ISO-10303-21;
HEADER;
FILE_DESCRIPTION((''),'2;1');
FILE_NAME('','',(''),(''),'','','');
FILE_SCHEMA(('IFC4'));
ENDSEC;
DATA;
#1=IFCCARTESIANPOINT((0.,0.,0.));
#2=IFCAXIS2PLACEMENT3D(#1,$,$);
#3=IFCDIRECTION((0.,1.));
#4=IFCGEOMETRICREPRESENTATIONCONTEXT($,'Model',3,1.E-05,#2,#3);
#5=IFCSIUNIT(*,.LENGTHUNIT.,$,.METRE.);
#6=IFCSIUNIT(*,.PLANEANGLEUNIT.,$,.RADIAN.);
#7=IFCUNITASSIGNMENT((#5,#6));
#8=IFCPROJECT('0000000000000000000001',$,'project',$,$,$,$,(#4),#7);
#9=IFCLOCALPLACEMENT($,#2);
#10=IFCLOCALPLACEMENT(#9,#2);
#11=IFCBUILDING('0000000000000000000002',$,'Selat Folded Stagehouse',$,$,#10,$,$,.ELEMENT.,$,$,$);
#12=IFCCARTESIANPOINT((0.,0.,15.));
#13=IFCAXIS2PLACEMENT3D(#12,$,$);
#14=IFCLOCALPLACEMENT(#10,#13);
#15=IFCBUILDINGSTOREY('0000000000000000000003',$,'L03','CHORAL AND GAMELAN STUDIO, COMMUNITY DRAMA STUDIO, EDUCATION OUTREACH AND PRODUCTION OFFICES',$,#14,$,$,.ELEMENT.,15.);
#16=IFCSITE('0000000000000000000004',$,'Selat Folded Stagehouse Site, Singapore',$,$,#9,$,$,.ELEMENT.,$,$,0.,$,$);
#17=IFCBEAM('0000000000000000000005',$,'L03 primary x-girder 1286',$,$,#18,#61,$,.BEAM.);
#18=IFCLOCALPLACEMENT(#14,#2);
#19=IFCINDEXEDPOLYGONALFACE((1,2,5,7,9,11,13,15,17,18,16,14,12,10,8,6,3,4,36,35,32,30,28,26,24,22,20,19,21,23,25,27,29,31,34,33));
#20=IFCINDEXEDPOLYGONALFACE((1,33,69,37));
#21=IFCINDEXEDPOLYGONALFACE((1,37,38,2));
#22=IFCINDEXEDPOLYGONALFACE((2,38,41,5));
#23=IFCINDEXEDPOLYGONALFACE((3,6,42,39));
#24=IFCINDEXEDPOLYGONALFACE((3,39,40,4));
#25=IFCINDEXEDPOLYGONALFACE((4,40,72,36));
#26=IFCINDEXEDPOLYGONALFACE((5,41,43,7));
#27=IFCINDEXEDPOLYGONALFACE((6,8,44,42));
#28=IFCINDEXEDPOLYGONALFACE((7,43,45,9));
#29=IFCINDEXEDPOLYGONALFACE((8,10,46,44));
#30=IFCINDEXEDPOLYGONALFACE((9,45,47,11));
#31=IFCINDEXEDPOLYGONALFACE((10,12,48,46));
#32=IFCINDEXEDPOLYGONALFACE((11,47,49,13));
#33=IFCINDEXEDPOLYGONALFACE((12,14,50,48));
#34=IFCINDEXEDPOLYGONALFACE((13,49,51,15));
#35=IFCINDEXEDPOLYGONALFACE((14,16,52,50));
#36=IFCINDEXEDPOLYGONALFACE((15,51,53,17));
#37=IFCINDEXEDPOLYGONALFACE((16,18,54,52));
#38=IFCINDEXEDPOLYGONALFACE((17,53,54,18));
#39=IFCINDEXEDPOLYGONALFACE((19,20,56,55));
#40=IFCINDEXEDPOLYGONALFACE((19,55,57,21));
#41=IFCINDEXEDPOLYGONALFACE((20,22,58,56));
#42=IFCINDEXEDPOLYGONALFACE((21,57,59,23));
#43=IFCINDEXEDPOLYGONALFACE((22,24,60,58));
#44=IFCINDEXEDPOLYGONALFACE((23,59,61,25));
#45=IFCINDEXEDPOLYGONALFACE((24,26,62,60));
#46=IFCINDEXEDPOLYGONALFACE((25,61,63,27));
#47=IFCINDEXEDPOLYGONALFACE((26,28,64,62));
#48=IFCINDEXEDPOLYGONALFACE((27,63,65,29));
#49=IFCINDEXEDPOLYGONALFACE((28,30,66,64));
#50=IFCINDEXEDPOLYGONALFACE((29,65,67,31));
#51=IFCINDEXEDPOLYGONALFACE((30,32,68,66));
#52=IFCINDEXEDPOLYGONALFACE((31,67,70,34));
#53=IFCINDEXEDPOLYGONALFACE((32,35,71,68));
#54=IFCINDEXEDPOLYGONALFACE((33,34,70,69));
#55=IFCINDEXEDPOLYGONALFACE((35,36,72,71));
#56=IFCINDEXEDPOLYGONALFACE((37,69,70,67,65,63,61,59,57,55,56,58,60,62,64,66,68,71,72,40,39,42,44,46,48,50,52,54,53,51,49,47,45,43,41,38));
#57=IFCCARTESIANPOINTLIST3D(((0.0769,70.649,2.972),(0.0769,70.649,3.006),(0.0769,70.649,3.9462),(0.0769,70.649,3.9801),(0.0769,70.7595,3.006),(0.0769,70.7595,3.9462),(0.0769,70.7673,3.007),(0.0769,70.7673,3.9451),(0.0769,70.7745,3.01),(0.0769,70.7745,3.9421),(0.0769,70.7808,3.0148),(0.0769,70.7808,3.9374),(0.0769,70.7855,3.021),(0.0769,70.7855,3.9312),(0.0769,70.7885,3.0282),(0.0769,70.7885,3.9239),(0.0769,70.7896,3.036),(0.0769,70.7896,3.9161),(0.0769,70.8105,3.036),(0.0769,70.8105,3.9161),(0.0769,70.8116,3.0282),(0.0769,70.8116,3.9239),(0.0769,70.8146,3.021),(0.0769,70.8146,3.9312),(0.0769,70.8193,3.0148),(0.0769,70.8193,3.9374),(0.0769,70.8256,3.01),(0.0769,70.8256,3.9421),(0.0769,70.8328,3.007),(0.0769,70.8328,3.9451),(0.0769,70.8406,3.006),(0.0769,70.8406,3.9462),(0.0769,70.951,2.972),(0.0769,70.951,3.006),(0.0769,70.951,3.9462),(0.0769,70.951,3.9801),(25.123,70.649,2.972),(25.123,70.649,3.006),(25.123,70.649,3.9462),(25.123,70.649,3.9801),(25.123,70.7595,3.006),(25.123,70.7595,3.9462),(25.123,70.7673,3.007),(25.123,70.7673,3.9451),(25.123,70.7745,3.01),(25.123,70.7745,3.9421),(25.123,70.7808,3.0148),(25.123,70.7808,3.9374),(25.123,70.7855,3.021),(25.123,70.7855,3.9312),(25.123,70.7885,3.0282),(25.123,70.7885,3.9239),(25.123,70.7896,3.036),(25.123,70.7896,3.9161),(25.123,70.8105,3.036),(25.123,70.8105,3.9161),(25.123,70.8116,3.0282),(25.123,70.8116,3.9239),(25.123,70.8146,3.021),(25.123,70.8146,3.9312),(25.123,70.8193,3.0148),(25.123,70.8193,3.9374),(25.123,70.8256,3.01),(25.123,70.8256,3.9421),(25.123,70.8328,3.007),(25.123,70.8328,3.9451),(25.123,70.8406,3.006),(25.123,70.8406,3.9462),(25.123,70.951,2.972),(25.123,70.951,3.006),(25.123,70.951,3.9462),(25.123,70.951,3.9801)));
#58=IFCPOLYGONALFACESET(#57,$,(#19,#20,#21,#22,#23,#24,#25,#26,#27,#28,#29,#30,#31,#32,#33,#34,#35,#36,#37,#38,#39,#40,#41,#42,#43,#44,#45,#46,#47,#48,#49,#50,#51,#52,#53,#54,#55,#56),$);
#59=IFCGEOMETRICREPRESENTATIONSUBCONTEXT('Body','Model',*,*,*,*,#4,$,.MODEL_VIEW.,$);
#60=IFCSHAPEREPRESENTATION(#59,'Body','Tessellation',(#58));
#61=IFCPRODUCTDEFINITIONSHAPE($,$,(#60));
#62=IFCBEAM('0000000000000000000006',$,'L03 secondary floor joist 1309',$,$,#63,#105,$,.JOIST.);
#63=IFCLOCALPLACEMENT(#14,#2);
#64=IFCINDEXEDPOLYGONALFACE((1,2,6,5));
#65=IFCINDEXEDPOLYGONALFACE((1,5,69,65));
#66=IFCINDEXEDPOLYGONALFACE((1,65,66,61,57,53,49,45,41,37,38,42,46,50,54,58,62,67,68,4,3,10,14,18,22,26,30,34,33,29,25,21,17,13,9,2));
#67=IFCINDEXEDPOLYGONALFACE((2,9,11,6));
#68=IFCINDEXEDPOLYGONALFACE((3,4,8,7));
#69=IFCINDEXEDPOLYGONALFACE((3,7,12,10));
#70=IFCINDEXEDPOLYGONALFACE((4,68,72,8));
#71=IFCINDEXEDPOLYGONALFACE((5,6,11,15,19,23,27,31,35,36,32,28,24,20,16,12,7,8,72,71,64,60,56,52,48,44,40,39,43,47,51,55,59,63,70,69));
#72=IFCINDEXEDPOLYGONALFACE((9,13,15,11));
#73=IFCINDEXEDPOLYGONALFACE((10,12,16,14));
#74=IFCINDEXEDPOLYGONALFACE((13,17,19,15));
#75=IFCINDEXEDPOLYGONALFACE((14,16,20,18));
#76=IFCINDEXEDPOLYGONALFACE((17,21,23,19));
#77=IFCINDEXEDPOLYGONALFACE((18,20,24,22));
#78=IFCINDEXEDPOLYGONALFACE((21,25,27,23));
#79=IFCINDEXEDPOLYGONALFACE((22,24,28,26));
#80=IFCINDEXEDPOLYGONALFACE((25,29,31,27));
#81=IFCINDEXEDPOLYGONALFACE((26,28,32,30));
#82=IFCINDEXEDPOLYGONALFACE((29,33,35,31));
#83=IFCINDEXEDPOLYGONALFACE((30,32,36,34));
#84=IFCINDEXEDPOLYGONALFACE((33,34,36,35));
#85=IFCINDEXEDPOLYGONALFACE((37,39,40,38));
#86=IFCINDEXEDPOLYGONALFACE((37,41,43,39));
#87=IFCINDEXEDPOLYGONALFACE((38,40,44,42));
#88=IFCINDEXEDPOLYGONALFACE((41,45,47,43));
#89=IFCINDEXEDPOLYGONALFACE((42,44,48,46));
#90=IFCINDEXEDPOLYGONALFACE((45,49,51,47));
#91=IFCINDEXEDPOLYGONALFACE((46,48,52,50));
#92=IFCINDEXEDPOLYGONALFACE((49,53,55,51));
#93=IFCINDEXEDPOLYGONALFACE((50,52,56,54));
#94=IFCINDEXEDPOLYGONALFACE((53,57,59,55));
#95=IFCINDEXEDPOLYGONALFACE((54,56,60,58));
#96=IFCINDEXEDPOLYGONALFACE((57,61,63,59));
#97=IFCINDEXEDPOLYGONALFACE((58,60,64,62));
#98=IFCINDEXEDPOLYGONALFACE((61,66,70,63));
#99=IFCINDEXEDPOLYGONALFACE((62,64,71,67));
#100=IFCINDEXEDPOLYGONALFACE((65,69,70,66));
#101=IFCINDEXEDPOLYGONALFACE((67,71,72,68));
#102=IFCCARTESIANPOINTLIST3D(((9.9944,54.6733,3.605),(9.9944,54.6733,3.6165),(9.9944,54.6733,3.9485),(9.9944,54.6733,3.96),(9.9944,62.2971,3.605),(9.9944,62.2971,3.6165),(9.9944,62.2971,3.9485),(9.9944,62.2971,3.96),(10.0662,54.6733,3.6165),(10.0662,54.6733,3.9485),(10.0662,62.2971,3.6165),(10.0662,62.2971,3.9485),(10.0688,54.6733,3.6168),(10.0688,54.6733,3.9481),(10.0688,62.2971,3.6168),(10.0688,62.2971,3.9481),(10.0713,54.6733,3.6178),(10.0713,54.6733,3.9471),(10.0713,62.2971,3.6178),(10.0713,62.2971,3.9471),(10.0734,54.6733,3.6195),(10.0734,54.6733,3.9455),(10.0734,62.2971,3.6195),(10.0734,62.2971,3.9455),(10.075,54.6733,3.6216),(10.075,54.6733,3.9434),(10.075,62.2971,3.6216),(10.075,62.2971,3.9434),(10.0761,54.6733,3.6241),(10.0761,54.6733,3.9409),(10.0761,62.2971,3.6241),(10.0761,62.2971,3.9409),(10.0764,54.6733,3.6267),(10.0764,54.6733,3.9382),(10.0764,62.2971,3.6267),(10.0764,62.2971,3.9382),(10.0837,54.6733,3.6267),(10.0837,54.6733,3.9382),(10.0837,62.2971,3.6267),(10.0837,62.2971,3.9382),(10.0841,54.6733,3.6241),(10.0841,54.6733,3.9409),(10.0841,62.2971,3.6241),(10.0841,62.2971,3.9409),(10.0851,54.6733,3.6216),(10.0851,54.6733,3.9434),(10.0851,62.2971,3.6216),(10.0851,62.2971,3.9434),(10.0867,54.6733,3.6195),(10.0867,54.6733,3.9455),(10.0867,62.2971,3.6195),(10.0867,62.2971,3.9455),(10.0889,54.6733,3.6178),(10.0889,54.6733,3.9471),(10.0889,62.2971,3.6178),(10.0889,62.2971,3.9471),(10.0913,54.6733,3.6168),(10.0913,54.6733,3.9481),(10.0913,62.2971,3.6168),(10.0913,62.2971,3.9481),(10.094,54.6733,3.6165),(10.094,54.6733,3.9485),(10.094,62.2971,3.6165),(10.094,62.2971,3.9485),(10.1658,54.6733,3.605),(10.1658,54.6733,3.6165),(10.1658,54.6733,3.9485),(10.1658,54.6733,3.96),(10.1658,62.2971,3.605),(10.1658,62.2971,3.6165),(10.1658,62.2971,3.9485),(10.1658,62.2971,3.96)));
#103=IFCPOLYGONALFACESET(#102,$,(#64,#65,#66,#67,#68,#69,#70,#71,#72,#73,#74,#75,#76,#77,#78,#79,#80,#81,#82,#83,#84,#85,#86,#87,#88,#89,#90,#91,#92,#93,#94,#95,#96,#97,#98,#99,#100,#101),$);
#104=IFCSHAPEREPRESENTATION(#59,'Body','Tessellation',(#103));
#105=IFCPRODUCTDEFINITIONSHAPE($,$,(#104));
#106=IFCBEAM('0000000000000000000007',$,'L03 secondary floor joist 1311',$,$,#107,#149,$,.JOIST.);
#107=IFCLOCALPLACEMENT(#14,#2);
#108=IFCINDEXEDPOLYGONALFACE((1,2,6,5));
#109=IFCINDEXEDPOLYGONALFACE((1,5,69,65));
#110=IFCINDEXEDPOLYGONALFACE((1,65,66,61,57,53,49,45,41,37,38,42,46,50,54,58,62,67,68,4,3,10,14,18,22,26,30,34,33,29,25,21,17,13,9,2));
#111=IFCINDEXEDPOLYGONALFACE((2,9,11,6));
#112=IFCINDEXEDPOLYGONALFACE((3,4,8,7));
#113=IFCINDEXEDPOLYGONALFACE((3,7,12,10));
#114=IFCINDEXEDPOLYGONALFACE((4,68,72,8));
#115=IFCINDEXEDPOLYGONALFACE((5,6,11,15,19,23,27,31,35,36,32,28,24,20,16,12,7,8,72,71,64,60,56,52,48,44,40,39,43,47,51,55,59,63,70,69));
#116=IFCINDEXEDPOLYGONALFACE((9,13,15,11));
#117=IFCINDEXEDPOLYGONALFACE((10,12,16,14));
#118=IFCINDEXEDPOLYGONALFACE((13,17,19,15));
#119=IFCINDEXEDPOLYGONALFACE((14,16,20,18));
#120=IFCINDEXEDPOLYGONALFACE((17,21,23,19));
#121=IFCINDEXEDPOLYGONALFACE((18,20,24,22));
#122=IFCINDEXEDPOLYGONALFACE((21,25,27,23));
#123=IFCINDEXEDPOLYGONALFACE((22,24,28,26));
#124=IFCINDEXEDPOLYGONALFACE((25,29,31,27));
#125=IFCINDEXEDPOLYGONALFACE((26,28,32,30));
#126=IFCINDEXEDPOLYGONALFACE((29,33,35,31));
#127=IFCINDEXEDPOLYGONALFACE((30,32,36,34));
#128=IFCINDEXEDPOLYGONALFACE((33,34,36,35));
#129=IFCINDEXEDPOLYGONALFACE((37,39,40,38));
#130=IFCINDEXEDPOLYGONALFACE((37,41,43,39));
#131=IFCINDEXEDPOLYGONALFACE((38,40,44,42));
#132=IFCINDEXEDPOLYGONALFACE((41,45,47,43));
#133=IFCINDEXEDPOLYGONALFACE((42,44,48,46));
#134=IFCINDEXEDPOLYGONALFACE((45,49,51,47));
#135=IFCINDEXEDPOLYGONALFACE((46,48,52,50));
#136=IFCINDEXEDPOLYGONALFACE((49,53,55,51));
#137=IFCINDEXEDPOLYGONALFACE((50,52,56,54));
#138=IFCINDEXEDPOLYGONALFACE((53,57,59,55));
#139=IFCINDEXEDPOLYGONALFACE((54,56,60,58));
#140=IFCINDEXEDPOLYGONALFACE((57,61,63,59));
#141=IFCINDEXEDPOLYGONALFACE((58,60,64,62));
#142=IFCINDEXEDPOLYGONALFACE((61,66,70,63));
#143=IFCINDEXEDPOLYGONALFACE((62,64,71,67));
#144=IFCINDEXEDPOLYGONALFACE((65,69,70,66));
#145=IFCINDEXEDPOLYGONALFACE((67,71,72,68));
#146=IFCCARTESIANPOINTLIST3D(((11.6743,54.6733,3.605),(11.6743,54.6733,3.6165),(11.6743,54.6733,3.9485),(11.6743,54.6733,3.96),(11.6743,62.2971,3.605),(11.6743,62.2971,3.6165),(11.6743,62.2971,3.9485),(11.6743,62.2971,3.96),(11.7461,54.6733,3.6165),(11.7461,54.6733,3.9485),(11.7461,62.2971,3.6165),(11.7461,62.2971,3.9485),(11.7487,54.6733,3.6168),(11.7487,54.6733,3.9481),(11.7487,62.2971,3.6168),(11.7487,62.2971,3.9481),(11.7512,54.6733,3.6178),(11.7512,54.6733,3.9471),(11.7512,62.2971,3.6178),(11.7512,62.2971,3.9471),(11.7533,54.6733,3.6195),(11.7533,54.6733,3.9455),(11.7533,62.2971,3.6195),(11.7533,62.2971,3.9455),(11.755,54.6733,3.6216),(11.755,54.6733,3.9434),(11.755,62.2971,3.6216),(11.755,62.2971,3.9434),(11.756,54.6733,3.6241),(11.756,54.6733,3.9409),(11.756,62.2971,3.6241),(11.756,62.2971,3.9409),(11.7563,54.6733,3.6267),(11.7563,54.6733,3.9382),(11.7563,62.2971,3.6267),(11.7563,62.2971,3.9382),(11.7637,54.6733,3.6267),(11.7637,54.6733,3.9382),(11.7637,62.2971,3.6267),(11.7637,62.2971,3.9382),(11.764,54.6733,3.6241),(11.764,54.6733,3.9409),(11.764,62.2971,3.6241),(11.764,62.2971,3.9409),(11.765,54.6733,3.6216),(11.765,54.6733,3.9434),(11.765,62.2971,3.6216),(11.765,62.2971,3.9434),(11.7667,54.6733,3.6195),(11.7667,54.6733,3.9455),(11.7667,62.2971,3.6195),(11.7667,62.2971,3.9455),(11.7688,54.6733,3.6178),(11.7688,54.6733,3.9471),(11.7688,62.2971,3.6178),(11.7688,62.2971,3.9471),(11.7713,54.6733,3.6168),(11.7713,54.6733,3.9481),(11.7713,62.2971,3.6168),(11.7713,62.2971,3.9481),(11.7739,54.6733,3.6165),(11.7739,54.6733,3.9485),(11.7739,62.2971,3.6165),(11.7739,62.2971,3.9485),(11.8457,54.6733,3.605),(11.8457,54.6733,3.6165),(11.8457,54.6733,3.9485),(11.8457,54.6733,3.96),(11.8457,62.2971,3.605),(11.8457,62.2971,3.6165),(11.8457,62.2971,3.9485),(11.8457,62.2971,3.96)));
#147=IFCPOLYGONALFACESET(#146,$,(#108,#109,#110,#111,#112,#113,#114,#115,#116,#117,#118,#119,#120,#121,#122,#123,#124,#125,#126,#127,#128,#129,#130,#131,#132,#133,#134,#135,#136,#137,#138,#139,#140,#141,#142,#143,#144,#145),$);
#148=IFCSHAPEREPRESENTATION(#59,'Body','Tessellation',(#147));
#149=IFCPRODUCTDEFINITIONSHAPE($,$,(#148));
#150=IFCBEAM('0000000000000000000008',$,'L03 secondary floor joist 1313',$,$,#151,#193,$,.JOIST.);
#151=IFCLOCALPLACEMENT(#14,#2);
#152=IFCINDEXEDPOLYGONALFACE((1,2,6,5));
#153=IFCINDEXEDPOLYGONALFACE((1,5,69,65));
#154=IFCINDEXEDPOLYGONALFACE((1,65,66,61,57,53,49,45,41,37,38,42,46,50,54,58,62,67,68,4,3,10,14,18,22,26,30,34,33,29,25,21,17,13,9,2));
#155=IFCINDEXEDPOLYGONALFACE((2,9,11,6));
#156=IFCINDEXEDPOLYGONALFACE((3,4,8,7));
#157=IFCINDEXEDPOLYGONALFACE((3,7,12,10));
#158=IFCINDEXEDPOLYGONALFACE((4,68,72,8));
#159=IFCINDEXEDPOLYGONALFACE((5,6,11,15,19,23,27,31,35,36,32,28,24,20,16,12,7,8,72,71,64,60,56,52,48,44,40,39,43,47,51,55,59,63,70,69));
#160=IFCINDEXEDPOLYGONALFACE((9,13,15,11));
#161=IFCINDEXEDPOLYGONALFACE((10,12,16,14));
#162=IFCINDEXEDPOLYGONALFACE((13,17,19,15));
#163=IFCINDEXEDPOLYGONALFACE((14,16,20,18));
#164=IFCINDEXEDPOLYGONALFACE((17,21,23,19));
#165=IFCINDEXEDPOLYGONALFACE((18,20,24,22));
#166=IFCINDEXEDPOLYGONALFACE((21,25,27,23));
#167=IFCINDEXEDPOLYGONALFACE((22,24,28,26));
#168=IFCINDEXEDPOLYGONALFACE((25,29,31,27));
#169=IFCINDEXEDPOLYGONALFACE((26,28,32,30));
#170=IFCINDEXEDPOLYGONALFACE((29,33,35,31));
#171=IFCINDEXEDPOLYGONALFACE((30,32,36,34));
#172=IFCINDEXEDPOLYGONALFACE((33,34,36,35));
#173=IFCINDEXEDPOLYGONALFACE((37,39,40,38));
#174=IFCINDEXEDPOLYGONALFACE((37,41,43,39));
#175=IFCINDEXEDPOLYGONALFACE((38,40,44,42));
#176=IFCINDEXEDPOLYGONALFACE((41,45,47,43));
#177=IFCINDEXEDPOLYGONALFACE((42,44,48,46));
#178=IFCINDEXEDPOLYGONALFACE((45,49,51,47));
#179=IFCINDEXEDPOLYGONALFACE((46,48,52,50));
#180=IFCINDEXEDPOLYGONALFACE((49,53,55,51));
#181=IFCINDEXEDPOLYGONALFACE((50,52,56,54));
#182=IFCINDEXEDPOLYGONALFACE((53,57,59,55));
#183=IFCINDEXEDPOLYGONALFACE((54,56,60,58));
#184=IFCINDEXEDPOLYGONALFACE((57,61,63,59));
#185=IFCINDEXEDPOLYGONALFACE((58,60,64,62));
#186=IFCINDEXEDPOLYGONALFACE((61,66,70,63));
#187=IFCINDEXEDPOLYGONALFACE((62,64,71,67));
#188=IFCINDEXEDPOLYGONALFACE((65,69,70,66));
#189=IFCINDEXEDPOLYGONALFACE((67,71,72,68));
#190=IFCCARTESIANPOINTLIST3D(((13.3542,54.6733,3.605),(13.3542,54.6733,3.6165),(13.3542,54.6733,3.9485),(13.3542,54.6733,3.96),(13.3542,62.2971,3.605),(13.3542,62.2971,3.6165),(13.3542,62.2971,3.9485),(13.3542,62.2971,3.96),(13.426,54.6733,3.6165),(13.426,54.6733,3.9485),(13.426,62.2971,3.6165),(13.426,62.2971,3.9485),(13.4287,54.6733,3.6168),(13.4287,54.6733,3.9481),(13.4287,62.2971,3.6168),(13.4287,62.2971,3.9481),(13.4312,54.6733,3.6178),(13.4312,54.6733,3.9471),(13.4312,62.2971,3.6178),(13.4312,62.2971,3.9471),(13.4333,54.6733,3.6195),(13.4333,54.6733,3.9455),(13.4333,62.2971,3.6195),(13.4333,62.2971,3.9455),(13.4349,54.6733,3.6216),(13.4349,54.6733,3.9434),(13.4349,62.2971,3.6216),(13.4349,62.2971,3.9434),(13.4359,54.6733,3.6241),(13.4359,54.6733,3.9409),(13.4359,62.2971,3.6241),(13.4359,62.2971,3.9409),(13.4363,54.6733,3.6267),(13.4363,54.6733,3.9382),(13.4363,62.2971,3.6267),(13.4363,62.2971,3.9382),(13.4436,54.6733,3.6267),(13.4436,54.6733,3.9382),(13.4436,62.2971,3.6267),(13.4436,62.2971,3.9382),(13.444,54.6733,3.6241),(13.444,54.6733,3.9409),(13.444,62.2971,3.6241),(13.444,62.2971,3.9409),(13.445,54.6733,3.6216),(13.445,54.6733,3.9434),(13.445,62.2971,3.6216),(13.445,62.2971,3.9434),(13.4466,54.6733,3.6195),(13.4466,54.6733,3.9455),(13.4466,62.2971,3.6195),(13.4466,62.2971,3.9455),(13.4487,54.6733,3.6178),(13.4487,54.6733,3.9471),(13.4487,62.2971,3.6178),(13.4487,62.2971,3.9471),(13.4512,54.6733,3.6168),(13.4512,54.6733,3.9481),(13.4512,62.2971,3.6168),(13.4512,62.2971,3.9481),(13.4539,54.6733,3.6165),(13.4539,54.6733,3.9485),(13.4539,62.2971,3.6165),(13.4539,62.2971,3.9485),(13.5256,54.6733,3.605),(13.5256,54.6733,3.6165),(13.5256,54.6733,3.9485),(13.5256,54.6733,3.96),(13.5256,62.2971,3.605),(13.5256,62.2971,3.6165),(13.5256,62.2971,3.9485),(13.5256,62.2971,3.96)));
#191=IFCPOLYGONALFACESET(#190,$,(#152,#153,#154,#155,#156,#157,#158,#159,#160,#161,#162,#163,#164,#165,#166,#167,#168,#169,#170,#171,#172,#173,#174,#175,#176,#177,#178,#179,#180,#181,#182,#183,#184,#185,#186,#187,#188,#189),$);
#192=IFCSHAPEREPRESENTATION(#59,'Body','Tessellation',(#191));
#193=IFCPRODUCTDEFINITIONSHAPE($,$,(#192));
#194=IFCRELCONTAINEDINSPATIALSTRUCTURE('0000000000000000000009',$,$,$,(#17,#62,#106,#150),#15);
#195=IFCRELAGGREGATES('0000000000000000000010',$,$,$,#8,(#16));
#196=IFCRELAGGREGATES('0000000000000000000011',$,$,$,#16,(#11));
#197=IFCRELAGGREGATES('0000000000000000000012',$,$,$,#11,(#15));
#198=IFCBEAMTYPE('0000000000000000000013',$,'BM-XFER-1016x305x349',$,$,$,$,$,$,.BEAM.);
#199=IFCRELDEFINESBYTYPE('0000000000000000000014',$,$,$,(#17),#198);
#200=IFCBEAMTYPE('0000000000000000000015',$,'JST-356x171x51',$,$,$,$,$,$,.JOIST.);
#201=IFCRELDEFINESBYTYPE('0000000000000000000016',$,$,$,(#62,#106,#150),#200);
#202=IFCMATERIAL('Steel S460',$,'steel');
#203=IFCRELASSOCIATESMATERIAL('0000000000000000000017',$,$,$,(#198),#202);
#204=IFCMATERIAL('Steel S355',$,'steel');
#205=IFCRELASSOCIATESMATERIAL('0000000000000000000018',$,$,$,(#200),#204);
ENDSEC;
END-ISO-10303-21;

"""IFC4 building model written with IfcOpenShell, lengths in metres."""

from ifc_helpers import new_model, si_unit, direction, frame, origin, origin_2d, place, context, subcontext, project, spatial, i_section, extrude, material, material_profile, profile_set, type_object, element, save


model = new_model("IFC4")

# Units and contexts
model_context = context("Model", 3, precision=1e-05, world=origin(), true_north=direction((0.0, 1.0)))
body_context = subcontext(model_context, "Body", "Model", "MODEL_VIEW")
ifc_project = project(units=[si_unit("LENGTHUNIT", "METRE"), si_unit("PLANEANGLEUNIT", "RADIAN")], contexts=[model_context])

# Site, building, storey
site_placement = place(None, origin())
site = spatial("IfcSite", under=ifc_project, at=site_placement, Name="Selat Folded Stagehouse Site, Singapore", CompositionType="ELEMENT", RefElevation=0.0)
building_placement = place(site_placement, origin())
building = spatial("IfcBuilding", under=site, at=building_placement, Name="Selat Folded Stagehouse", CompositionType="ELEMENT")
storey_placement = place(building_placement, frame((0.0, 0.0, 15.0)))
storey = spatial("IfcBuildingStorey", under=building, at=storey_placement, Name="L03", Description="CHORAL AND GAMELAN STUDIO, COMMUNITY DRAMA STUDIO, EDUCATION OUTREACH AND PRODUCTION OFFICES", CompositionType="ELEMENT", Elevation=15.0)

# Shared definitions
ifc_material_1 = material(Name="Steel S355", Category="steel")

# Beams
ifc_material_2 = material(Name="Steel S460", Category="steel")
ifc_material_profile_1 = material_profile(ifc_material_2, i_section(OverallWidth=0.302, OverallDepth=1.0081, WebThickness=0.021, FlangeThickness=0.0339, FilletRadius=0.03, at=origin_2d()), Name="UKB 1016x305x349")
ifc_profile_set_1 = profile_set([ifc_material_profile_1], Name="Steel S460")
beam_type_1 = type_object("IfcBeamType", Name="BM-XFER-1016x305x349", PredefinedType="BEAM", material=ifc_profile_set_1)
beam_1_placement = place(storey_placement, frame((0.0769, 70.8, 3.4761), z_axis=(1.0, 0.0, 0.0), x_axis=(0.0, 1.0, 0.0)))
element("IfcBeam", 1, at=beam_1_placement, inside=storey, type_object=beam_type_1, Name="L03 primary x-girder 1286", PredefinedType="BEAM", context=body_context, shape_type="SweptSolid", body=[
    extrude(i_section(OverallWidth=0.302, OverallDepth=1.0081, WebThickness=0.021, FlangeThickness=0.0339, FilletRadius=0.03, at=origin_2d()), origin(), (0.0, 0.0, 1.0), 25.0461),
])
ifc_material_profile_2 = material_profile(ifc_material_1, i_section(OverallWidth=0.1714, OverallDepth=0.355, WebThickness=0.0073, FlangeThickness=0.0115, FilletRadius=0.0103, at=origin_2d()), Name="UKB 356x171x51")
ifc_profile_set_2 = profile_set([ifc_material_profile_2], Name="Steel S355")
beam_type_2 = type_object("IfcBeamType", Name="JST-356x171x51", PredefinedType="JOIST", material=ifc_profile_set_2)
for number, where, z_axis, x_axis, name in (
    (2, (10.0801, 54.6733, 3.7825), (0.0, 1.0, 0.0), (-1.0, 0.0, 0.0), "L03 secondary floor joist 1309"),
    (3, (11.76, 54.6733, 3.7825), (0.0, 1.0, 0.0), (-1.0, 0.0, 0.0), "L03 secondary floor joist 1311"),
    (4, (13.4399, 54.6733, 3.7825), (0.0, 1.0, 0.0), (-1.0, 0.0, 0.0), "L03 secondary floor joist 1313"),
):
    element("IfcBeam", number, at=place(storey_placement, frame(where, z_axis=z_axis, x_axis=x_axis)), inside=storey, type_object=beam_type_2, Name=name, PredefinedType="JOIST", context=body_context, shape_type="SweptSolid", body=[
        extrude(i_section(OverallWidth=0.1714, OverallDepth=0.355, WebThickness=0.0073, FlangeThickness=0.0115, FilletRadius=0.0103, at=origin_2d()), origin(), (0.0, 0.0, 1.0), 7.6238),
    ])

save(model, "model.ifc")
